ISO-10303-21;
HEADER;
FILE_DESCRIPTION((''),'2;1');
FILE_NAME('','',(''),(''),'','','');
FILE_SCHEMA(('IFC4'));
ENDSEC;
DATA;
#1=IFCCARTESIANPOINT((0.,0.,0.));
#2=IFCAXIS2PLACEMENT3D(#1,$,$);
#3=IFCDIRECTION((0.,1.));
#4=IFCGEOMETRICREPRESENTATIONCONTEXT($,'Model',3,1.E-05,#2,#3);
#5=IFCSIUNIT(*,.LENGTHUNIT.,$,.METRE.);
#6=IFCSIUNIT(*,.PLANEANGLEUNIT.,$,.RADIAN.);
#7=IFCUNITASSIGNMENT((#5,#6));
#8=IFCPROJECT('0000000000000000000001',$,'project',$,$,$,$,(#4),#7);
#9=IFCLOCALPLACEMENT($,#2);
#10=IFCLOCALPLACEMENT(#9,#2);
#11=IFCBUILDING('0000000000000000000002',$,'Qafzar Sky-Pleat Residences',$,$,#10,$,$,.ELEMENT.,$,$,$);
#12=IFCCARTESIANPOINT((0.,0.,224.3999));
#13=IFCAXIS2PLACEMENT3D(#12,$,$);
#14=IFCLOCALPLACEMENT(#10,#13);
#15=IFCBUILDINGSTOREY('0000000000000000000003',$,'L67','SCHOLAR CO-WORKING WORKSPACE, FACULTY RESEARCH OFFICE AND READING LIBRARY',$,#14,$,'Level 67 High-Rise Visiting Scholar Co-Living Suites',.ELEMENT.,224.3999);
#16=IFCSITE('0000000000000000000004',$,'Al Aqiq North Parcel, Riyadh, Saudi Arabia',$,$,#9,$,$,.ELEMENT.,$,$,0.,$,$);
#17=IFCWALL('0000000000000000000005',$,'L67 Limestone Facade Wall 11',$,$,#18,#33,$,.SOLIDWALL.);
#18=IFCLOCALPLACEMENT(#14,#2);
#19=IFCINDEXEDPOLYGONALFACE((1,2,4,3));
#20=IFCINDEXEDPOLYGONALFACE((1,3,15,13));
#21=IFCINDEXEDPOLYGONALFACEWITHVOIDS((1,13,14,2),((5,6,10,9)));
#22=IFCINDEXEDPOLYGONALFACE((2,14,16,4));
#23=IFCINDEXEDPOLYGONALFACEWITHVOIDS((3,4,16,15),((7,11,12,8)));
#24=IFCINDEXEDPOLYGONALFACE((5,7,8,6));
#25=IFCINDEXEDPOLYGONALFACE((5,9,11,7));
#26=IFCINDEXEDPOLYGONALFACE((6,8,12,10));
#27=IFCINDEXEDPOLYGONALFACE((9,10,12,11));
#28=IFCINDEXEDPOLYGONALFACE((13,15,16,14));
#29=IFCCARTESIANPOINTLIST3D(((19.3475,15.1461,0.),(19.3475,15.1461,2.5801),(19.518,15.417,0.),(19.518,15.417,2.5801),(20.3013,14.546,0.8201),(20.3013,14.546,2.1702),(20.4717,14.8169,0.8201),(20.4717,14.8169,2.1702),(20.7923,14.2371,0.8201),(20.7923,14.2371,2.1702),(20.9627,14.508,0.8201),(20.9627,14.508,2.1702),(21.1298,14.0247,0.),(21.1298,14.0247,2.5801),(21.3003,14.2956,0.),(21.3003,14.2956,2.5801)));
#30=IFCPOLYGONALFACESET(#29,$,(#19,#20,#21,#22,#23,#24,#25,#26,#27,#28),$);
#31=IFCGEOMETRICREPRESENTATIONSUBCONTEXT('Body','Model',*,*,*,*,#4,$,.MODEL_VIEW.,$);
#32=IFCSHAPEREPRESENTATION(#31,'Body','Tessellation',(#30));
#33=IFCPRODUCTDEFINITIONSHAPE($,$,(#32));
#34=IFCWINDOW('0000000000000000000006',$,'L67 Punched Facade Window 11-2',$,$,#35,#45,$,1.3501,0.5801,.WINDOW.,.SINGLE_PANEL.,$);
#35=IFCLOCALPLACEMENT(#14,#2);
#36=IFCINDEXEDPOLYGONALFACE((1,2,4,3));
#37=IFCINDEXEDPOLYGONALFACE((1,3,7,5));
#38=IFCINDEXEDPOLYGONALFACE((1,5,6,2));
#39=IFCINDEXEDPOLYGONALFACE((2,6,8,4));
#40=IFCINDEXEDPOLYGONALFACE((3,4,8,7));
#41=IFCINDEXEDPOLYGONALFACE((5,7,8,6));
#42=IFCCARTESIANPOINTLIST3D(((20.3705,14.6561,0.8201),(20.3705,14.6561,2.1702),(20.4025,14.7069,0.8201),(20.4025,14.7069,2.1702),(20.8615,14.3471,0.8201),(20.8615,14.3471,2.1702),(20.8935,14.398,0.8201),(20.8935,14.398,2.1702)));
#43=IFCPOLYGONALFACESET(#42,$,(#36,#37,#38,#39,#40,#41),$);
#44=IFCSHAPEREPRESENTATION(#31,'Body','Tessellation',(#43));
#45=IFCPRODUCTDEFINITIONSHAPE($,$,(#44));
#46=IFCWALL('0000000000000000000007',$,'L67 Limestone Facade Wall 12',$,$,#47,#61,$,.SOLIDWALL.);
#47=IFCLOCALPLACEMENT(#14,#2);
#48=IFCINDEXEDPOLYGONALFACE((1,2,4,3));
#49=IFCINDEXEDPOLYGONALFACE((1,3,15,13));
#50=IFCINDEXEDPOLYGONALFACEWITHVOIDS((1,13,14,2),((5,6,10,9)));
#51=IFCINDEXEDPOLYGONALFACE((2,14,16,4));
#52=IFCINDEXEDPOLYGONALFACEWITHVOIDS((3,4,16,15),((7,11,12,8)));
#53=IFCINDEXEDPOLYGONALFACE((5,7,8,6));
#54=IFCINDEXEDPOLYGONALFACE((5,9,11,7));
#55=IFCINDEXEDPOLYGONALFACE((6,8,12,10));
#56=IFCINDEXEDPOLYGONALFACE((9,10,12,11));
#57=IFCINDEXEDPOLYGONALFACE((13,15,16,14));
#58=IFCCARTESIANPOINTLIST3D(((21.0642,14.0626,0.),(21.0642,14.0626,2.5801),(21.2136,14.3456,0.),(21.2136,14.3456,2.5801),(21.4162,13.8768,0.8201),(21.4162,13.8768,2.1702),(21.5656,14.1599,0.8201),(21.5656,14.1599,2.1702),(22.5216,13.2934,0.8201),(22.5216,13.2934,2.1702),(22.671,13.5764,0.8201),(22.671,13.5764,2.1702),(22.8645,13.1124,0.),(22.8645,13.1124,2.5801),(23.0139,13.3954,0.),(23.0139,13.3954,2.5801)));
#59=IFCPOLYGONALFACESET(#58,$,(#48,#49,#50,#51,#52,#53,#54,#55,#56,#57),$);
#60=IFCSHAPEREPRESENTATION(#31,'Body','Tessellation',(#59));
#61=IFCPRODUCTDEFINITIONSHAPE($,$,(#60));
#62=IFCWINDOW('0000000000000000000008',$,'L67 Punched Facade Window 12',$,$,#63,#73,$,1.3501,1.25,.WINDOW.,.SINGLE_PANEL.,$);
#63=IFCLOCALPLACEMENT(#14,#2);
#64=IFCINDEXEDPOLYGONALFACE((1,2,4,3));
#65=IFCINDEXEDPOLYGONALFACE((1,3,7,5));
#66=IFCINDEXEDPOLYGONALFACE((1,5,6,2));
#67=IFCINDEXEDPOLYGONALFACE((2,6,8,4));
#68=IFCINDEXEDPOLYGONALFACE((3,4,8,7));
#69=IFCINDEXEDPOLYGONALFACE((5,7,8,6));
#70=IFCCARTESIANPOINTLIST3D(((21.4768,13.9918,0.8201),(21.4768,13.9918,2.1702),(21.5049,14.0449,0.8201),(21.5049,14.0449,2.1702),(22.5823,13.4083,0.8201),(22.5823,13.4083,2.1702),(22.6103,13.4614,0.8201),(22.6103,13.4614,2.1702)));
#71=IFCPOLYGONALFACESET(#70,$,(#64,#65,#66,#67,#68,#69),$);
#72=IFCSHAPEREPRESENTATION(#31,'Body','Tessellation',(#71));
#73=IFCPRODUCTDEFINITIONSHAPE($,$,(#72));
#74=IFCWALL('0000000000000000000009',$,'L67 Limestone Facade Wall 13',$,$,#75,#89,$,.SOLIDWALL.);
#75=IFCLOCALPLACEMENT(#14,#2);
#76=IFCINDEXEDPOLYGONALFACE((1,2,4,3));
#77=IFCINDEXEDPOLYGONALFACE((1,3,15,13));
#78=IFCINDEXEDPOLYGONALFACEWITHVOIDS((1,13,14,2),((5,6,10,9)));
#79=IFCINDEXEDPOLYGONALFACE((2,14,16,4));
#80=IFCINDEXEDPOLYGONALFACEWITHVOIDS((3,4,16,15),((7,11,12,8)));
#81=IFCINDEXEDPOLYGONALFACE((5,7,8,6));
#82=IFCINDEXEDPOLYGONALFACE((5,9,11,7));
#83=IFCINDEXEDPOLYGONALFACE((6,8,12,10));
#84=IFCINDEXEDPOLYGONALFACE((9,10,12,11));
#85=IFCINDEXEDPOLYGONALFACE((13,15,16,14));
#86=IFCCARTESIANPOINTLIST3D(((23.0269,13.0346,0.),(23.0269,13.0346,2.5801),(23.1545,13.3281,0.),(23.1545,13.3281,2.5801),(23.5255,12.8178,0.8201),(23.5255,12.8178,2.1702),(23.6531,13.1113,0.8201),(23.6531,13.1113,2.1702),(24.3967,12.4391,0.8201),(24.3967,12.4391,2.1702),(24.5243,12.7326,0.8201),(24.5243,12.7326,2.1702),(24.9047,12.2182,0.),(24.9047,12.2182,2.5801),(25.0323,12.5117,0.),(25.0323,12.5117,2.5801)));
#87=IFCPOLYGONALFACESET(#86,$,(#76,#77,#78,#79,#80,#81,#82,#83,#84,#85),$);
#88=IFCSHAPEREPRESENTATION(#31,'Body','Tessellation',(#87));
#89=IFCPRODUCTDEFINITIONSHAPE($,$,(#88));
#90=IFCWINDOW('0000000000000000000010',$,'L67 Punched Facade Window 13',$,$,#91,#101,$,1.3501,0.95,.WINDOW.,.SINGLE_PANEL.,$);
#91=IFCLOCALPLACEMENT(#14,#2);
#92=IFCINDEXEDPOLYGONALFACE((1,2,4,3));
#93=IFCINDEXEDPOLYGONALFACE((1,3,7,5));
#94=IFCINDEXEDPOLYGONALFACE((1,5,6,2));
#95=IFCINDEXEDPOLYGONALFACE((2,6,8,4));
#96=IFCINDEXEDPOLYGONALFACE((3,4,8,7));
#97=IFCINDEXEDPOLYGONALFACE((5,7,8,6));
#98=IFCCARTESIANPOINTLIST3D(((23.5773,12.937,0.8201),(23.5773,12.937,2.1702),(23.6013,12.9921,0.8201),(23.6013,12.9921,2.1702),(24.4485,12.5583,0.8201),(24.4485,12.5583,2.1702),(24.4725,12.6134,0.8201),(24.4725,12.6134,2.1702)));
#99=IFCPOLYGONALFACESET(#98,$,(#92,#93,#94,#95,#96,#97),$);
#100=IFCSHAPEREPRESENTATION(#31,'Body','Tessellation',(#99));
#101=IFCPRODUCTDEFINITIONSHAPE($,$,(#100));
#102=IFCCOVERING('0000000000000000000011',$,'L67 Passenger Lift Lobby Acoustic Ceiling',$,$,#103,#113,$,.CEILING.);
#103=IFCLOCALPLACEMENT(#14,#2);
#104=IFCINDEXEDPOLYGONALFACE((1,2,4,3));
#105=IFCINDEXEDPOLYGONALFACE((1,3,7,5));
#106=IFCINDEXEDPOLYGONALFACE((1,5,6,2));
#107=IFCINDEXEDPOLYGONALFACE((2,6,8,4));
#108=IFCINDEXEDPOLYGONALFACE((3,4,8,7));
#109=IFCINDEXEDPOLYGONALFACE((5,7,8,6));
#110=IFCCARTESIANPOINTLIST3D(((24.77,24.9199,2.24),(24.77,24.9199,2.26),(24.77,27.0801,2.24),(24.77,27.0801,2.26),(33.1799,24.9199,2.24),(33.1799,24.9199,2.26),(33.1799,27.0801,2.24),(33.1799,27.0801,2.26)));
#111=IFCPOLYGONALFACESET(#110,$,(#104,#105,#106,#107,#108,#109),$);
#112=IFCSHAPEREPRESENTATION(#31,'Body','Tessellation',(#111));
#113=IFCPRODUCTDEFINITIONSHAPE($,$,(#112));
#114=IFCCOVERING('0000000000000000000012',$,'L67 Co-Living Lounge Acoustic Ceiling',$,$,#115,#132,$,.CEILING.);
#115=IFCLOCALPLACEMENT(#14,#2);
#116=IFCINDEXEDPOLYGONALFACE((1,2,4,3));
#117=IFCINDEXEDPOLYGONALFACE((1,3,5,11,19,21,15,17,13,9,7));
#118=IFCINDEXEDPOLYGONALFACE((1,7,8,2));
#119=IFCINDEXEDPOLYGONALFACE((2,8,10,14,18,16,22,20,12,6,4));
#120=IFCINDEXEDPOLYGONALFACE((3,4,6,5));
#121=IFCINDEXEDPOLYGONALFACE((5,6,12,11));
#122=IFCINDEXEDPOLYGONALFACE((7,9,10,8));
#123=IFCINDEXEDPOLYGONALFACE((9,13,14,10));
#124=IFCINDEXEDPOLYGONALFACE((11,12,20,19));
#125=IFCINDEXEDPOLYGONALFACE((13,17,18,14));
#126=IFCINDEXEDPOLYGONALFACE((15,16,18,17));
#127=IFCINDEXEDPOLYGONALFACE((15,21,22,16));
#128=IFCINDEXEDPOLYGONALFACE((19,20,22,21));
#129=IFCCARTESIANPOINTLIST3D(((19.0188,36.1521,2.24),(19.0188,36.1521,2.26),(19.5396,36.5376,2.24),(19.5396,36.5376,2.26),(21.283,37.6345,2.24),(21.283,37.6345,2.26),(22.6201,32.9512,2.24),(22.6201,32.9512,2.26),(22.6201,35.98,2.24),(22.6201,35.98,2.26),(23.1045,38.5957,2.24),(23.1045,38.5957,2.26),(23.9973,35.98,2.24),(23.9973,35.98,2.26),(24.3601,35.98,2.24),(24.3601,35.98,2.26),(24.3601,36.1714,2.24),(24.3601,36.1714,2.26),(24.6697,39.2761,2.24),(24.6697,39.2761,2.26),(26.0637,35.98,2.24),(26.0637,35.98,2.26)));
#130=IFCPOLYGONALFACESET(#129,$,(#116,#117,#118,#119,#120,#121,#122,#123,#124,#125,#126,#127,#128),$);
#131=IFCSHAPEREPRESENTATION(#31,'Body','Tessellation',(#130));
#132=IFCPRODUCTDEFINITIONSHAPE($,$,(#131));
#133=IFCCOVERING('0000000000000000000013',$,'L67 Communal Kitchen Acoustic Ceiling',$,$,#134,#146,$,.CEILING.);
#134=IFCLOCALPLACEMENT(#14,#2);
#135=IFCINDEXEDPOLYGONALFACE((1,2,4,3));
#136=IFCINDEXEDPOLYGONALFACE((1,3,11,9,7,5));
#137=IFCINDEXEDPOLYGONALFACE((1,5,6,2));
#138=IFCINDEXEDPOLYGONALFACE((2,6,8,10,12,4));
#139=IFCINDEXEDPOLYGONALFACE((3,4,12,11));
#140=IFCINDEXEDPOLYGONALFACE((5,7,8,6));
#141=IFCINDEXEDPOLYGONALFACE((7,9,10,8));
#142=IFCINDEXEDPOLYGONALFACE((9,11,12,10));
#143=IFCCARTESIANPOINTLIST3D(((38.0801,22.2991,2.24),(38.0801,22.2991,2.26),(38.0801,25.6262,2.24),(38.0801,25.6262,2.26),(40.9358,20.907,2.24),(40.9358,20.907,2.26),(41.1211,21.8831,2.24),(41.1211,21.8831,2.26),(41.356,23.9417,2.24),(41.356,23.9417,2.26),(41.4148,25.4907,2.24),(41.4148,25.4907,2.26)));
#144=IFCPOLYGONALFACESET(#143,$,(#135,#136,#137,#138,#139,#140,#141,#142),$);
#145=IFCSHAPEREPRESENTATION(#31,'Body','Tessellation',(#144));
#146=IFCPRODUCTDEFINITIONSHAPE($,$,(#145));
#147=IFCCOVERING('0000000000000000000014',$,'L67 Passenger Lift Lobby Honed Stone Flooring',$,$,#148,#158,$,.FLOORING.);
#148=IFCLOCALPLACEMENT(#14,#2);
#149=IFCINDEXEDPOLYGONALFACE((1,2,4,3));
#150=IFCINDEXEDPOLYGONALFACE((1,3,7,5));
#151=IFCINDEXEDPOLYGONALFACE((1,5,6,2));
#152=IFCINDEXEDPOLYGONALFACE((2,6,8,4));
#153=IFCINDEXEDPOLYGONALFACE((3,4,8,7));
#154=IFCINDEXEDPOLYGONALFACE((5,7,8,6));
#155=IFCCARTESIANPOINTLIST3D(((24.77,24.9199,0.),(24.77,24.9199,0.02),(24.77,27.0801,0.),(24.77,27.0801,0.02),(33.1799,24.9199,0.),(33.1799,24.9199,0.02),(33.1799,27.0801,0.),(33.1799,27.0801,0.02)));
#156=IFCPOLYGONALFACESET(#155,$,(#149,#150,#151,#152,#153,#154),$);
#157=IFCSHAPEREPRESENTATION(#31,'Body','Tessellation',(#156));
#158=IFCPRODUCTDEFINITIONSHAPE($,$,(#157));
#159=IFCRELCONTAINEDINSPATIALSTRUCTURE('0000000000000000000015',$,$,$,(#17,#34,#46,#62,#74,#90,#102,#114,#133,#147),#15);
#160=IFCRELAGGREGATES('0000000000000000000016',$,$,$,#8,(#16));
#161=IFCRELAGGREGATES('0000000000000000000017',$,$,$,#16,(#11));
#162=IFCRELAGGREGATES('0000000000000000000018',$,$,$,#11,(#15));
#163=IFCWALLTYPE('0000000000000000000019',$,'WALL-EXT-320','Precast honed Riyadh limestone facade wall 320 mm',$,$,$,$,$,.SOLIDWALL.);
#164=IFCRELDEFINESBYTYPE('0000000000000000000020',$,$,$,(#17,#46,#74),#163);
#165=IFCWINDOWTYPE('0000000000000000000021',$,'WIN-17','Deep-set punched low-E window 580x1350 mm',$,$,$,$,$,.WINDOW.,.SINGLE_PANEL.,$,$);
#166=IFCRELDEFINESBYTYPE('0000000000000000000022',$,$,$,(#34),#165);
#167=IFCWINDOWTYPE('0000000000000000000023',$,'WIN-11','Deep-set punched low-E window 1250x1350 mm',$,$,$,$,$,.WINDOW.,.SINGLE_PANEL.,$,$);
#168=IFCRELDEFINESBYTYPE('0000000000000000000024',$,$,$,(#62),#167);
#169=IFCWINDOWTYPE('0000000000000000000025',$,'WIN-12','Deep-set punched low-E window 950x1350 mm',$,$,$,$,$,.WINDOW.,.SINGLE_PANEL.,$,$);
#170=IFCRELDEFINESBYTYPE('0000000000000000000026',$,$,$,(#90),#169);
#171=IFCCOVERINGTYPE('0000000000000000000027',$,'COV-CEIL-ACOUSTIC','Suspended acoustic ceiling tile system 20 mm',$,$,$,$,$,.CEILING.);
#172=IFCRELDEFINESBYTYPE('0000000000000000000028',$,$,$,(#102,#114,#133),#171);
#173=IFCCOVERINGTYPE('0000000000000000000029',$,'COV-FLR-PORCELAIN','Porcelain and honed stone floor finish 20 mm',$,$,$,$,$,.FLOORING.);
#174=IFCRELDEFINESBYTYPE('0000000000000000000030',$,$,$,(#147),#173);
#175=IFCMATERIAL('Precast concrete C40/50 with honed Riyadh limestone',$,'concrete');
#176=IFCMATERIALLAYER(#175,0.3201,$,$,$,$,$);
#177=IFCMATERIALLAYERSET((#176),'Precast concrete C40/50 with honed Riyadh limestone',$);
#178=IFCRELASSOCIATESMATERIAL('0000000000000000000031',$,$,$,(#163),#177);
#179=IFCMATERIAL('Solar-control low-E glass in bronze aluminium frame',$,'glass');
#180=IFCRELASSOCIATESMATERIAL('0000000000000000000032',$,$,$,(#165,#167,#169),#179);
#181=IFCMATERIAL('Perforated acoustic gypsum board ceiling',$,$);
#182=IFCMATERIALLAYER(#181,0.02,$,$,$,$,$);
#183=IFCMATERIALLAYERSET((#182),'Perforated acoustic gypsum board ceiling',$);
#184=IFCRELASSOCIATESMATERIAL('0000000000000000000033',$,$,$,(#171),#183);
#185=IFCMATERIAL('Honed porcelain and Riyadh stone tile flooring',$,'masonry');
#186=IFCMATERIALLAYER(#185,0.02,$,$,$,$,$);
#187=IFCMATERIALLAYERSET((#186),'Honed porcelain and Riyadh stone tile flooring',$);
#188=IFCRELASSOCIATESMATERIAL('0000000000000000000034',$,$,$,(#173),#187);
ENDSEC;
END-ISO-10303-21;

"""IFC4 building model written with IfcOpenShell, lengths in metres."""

from ifc_helpers import new_model, si_unit, direction, frame, frame_2d, origin, place, context, subcontext, project, spatial, polyline, rectangle, outline, extrude, source, transform, mapped, material, layer, layer_set, type_object, element, fill, save


model = new_model("IFC4")

# Units and contexts
model_context = context("Model", 3, precision=1e-05, world=origin(), true_north=direction((0.0, 1.0)))
body_context = subcontext(model_context, "Body", "Model", "MODEL_VIEW")
ifc_project = project(units=[si_unit("LENGTHUNIT", "METRE"), si_unit("PLANEANGLEUNIT", "RADIAN")], contexts=[model_context])

# Site, building, storey
site_placement = place(None, origin())
site = spatial("IfcSite", under=ifc_project, at=site_placement, Name="Al Aqiq North Parcel, Riyadh, Saudi Arabia", CompositionType="ELEMENT", RefElevation=0.0)
building_placement = place(site_placement, origin())
building = spatial("IfcBuilding", under=site, at=building_placement, Name="Qafzar Sky-Pleat Residences", CompositionType="ELEMENT")
storey_placement = place(building_placement, frame((0.0, 0.0, 224.3999)))
storey = spatial("IfcBuildingStorey", under=building, at=storey_placement, Name="L67", Description="SCHOLAR CO-WORKING WORKSPACE, FACULTY RESEARCH OFFICE AND READING LIBRARY", LongName="Level 67 High-Rise Visiting Scholar Co-Living Suites", CompositionType="ELEMENT", Elevation=224.3999)

# Walls, openings, windows
ifc_material_1 = material(Name="Precast concrete C40/50 with honed Riyadh limestone", Category="concrete")
ifc_layer_1 = layer(ifc_material_1, 0.3201)
ifc_layer_set_1 = layer_set([ifc_layer_1], Name="Precast concrete C40/50 with honed Riyadh limestone")
wall_type_1 = type_object("IfcWallType", Name="WALL-EXT-320", Description="Precast honed Riyadh limestone facade wall 320 mm", PredefinedType="SOLIDWALL", material=ifc_layer_set_1)
wall_1_placement = place(storey_placement, frame((19.4329, 15.2815, 0.0), z_axis=(0.0, 0.0, 1.0), x_axis=(0.846405, -0.53254, 0.0)))
wall_1 = element("IfcWall", 1, at=wall_1_placement, inside=storey, type_object=wall_type_1, Name="L67 Limestone Facade Wall 11", PredefinedType="SOLIDWALL", context=body_context, shape_type="SweptSolid", body=[
    extrude(rectangle(XDim=2.1057, YDim=0.3201, at=frame_2d((1.0527, 0.0))), origin(), (0.0, 0.0, 1.0), 2.5801),
])
opening_1_placement = place(wall_1_placement, frame((1.1267, 0.0, 0.8201)))
opening_1 = element("IfcOpeningElement", 2, at=opening_1_placement, cuts=wall_1, PredefinedType="OPENING", context=body_context, shape_type="SweptSolid", body=[
    extrude(rectangle(XDim=0.5801, YDim=1.3501, at=frame_2d((0.29, 0.675))), frame((0.0, 0.1699, 0.0), z_axis=(0.0, -1.0, 0.0), x_axis=(1.0, 0.0, 0.0)), (0.0, 0.0, 1.0), 0.3401),
])
ifc_material_2 = material(Name="Solar-control low-E glass in bronze aluminium frame", Category="glass")
window_type_1 = type_object("IfcWindowType", Name="WIN-17", Description="Deep-set punched low-E window 580x1350 mm", PartitioningType="SINGLE_PANEL", PredefinedType="WINDOW", material=ifc_material_2)
shared_shape_1 = source(origin(), body_context, "Body", "SweptSolid", [
    extrude(rectangle(XDim=0.5801, YDim=1.3501, at=frame_2d((0.29, 0.675))), frame((0.0, 0.03, 0.0), z_axis=(0.0, -1.0, 0.0), x_axis=(1.0, 0.0, 0.0)), (0.0, 0.0, 1.0), 0.0601),
])
window_1_placement = place(opening_1_placement, origin())
window_1 = element("IfcWindow", 3, at=window_1_placement, inside=storey, type_object=window_type_1, Name="L67 Punched Facade Window 11-2", OverallHeight=1.3501, OverallWidth=0.5801, PartitioningType="SINGLE_PANEL", PredefinedType="WINDOW", context=body_context, shape_type="MappedRepresentation", body=[
    mapped(shared_shape_1, transform((0.0, 0.0, 0.0), x_axis=(1.0, 0.0, 0.0), y_axis=(0.0, 1.0, 0.0), z_axis=(0.0, 0.0, 1.0), scale=1.0)),
])
fill(opening_1, window_1)
wall_2_placement = place(storey_placement, frame((21.1389, 14.2041, 0.0), z_axis=(0.0, 0.0, 1.0), x_axis=(0.884377, -0.466774, 0.0)))
wall_2 = element("IfcWall", 4, at=wall_2_placement, inside=storey, type_object=wall_type_1, Name="L67 Limestone Facade Wall 12", PredefinedType="SOLIDWALL", context=body_context, shape_type="SweptSolid", body=[
    extrude(rectangle(XDim=2.0356, YDim=0.3201, at=frame_2d((1.0178, 0.0))), origin(), (0.0, 0.0, 1.0), 2.5801),
])
opening_2_placement = place(wall_2_placement, frame((0.3979, 0.0, 0.8201)))
opening_2 = element("IfcOpeningElement", 5, at=opening_2_placement, cuts=wall_2, PredefinedType="OPENING", context=body_context, shape_type="SweptSolid", body=[
    extrude(rectangle(XDim=1.25, YDim=1.3501, at=frame_2d((0.625, 0.675))), frame((0.0, 0.1699, 0.0), z_axis=(0.0, -1.0, 0.0), x_axis=(1.0, 0.0, 0.0)), (0.0, 0.0, 1.0), 0.3401),
])
window_type_2 = type_object("IfcWindowType", Name="WIN-11", Description="Deep-set punched low-E window 1250x1350 mm", PartitioningType="SINGLE_PANEL", PredefinedType="WINDOW", material=ifc_material_2)
shared_shape_2 = source(origin(), body_context, "Body", "SweptSolid", [
    extrude(rectangle(XDim=1.25, YDim=1.3501, at=frame_2d((0.625, 0.675))), frame((0.0, 0.03, 0.0), z_axis=(0.0, -1.0, 0.0), x_axis=(1.0, 0.0, 0.0)), (0.0, 0.0, 1.0), 0.0601),
])
window_2_placement = place(opening_2_placement, origin())
window_2 = element("IfcWindow", 6, at=window_2_placement, inside=storey, type_object=window_type_2, Name="L67 Punched Facade Window 12", OverallHeight=1.3501, OverallWidth=1.25, PartitioningType="SINGLE_PANEL", PredefinedType="WINDOW", context=body_context, shape_type="MappedRepresentation", body=[
    mapped(shared_shape_2, transform((0.0, 0.0, 0.0), x_axis=(1.0, 0.0, 0.0), y_axis=(0.0, 1.0, 0.0), z_axis=(0.0, 0.0, 1.0), scale=1.0)),
])
fill(opening_2, window_2)
wall_3_placement = place(storey_placement, frame((23.0906, 13.1814, 0.0), z_axis=(0.0, 0.0, 1.0), x_axis=(0.917085, -0.398691, 0.0)))
wall_3 = element("IfcWall", 7, at=wall_3_placement, inside=storey, type_object=wall_type_1, Name="L67 Limestone Facade Wall 13", PredefinedType="SOLIDWALL", context=body_context, shape_type="SweptSolid", body=[
    extrude(rectangle(XDim=2.0476, YDim=0.3201, at=frame_2d((1.0239, 0.0))), origin(), (0.0, 0.0, 1.0), 2.5801),
])
opening_3_placement = place(wall_3_placement, frame((0.5437, 0.0, 0.8201)))
opening_3 = element("IfcOpeningElement", 8, at=opening_3_placement, cuts=wall_3, PredefinedType="OPENING", context=body_context, shape_type="SweptSolid", body=[
    extrude(rectangle(XDim=0.95, YDim=1.3501, at=frame_2d((0.4751, 0.675))), frame((0.0, 0.1699, 0.0), z_axis=(0.0, -1.0, 0.0), x_axis=(1.0, 0.0, 0.0)), (0.0, 0.0, 1.0), 0.3401),
])
window_type_3 = type_object("IfcWindowType", Name="WIN-12", Description="Deep-set punched low-E window 950x1350 mm", PartitioningType="SINGLE_PANEL", PredefinedType="WINDOW", material=ifc_material_2)
shared_shape_3 = source(origin(), body_context, "Body", "SweptSolid", [
    extrude(rectangle(XDim=0.95, YDim=1.3501, at=frame_2d((0.4751, 0.675))), frame((0.0, 0.03, 0.0), z_axis=(0.0, -1.0, 0.0), x_axis=(1.0, 0.0, 0.0)), (0.0, 0.0, 1.0), 0.0601),
])
window_3_placement = place(opening_3_placement, origin())
window_3 = element("IfcWindow", 9, at=window_3_placement, inside=storey, type_object=window_type_3, Name="L67 Punched Facade Window 13", OverallHeight=1.3501, OverallWidth=0.95, PartitioningType="SINGLE_PANEL", PredefinedType="WINDOW", context=body_context, shape_type="MappedRepresentation", body=[
    mapped(shared_shape_3, transform((0.0, 0.0, 0.0), x_axis=(1.0, 0.0, 0.0), y_axis=(0.0, 1.0, 0.0), z_axis=(0.0, 0.0, 1.0), scale=1.0)),
])
fill(opening_3, window_3)

# Coverings
ifc_material_3 = material(Name="Perforated acoustic gypsum board ceiling")
ifc_layer_2 = layer(ifc_material_3, 0.02)
ifc_layer_set_2 = layer_set([ifc_layer_2], Name="Perforated acoustic gypsum board ceiling")
covering_type_1 = type_object("IfcCoveringType", Name="COV-CEIL-ACOUSTIC", Description="Suspended acoustic ceiling tile system 20 mm", PredefinedType="CEILING", material=ifc_layer_set_2)
covering_1_placement = place(storey_placement, frame((0.0, 0.0, 2.24)))
element("IfcCovering", 10, at=covering_1_placement, inside=storey, type_object=covering_type_1, Name="L67 Passenger Lift Lobby Acoustic Ceiling", PredefinedType="CEILING", context=body_context, shape_type="SweptSolid", body=[
    extrude(outline(polyline([(33.1799, 24.9199), (24.77, 24.9199), (24.77, 27.0801), (33.1799, 27.0801), (33.1799, 24.9199)])), origin(), (0.0, 0.0, 1.0), 0.02),
])
covering_2_placement = place(storey_placement, frame((0.0, 0.0, 2.24)))
element("IfcCovering", 11, at=covering_2_placement, inside=storey, type_object=covering_type_1, Name="L67 Co-Living Lounge Acoustic Ceiling", PredefinedType="CEILING", context=body_context, shape_type="SweptSolid", body=[
    extrude(outline(polyline([(19.5396, 36.5376), (21.283, 37.6345), (23.1045, 38.5957), (24.6697, 39.2761), (26.0637, 35.98), (24.3601, 35.98), (24.3601, 36.1714), (23.9973, 35.98), (22.6201, 35.98), (22.6201, 32.9512), (19.0188, 36.1521), (19.5396, 36.5376)])), origin(), (0.0, 0.0, 1.0), 0.02),
])
covering_3_placement = place(storey_placement, frame((0.0, 0.0, 2.24)))
element("IfcCovering", 12, at=covering_3_placement, inside=storey, type_object=covering_type_1, Name="L67 Communal Kitchen Acoustic Ceiling", PredefinedType="CEILING", context=body_context, shape_type="SweptSolid", body=[
    extrude(outline(polyline([(41.356, 23.9417), (41.1211, 21.8831), (40.9358, 20.907), (38.0801, 22.2991), (38.0801, 25.6262), (41.4148, 25.4907), (41.356, 23.9417)])), origin(), (0.0, 0.0, 1.0), 0.02),
])
ifc_material_4 = material(Name="Honed porcelain and Riyadh stone tile flooring", Category="masonry")
ifc_layer_3 = layer(ifc_material_4, 0.02)
ifc_layer_set_3 = layer_set([ifc_layer_3], Name="Honed porcelain and Riyadh stone tile flooring")
covering_type_2 = type_object("IfcCoveringType", Name="COV-FLR-PORCELAIN", Description="Porcelain and honed stone floor finish 20 mm", PredefinedType="FLOORING", material=ifc_layer_set_3)
covering_4_placement = place(storey_placement, origin())
element("IfcCovering", 13, at=covering_4_placement, inside=storey, type_object=covering_type_2, Name="L67 Passenger Lift Lobby Honed Stone Flooring", PredefinedType="FLOORING", context=body_context, shape_type="SweptSolid", body=[
    extrude(outline(polyline([(33.1799, 24.9199), (24.77, 24.9199), (24.77, 27.0801), (33.1799, 27.0801), (33.1799, 24.9199)])), origin(), (0.0, 0.0, 1.0), 0.02),
])

save(model, "model.ifc")
